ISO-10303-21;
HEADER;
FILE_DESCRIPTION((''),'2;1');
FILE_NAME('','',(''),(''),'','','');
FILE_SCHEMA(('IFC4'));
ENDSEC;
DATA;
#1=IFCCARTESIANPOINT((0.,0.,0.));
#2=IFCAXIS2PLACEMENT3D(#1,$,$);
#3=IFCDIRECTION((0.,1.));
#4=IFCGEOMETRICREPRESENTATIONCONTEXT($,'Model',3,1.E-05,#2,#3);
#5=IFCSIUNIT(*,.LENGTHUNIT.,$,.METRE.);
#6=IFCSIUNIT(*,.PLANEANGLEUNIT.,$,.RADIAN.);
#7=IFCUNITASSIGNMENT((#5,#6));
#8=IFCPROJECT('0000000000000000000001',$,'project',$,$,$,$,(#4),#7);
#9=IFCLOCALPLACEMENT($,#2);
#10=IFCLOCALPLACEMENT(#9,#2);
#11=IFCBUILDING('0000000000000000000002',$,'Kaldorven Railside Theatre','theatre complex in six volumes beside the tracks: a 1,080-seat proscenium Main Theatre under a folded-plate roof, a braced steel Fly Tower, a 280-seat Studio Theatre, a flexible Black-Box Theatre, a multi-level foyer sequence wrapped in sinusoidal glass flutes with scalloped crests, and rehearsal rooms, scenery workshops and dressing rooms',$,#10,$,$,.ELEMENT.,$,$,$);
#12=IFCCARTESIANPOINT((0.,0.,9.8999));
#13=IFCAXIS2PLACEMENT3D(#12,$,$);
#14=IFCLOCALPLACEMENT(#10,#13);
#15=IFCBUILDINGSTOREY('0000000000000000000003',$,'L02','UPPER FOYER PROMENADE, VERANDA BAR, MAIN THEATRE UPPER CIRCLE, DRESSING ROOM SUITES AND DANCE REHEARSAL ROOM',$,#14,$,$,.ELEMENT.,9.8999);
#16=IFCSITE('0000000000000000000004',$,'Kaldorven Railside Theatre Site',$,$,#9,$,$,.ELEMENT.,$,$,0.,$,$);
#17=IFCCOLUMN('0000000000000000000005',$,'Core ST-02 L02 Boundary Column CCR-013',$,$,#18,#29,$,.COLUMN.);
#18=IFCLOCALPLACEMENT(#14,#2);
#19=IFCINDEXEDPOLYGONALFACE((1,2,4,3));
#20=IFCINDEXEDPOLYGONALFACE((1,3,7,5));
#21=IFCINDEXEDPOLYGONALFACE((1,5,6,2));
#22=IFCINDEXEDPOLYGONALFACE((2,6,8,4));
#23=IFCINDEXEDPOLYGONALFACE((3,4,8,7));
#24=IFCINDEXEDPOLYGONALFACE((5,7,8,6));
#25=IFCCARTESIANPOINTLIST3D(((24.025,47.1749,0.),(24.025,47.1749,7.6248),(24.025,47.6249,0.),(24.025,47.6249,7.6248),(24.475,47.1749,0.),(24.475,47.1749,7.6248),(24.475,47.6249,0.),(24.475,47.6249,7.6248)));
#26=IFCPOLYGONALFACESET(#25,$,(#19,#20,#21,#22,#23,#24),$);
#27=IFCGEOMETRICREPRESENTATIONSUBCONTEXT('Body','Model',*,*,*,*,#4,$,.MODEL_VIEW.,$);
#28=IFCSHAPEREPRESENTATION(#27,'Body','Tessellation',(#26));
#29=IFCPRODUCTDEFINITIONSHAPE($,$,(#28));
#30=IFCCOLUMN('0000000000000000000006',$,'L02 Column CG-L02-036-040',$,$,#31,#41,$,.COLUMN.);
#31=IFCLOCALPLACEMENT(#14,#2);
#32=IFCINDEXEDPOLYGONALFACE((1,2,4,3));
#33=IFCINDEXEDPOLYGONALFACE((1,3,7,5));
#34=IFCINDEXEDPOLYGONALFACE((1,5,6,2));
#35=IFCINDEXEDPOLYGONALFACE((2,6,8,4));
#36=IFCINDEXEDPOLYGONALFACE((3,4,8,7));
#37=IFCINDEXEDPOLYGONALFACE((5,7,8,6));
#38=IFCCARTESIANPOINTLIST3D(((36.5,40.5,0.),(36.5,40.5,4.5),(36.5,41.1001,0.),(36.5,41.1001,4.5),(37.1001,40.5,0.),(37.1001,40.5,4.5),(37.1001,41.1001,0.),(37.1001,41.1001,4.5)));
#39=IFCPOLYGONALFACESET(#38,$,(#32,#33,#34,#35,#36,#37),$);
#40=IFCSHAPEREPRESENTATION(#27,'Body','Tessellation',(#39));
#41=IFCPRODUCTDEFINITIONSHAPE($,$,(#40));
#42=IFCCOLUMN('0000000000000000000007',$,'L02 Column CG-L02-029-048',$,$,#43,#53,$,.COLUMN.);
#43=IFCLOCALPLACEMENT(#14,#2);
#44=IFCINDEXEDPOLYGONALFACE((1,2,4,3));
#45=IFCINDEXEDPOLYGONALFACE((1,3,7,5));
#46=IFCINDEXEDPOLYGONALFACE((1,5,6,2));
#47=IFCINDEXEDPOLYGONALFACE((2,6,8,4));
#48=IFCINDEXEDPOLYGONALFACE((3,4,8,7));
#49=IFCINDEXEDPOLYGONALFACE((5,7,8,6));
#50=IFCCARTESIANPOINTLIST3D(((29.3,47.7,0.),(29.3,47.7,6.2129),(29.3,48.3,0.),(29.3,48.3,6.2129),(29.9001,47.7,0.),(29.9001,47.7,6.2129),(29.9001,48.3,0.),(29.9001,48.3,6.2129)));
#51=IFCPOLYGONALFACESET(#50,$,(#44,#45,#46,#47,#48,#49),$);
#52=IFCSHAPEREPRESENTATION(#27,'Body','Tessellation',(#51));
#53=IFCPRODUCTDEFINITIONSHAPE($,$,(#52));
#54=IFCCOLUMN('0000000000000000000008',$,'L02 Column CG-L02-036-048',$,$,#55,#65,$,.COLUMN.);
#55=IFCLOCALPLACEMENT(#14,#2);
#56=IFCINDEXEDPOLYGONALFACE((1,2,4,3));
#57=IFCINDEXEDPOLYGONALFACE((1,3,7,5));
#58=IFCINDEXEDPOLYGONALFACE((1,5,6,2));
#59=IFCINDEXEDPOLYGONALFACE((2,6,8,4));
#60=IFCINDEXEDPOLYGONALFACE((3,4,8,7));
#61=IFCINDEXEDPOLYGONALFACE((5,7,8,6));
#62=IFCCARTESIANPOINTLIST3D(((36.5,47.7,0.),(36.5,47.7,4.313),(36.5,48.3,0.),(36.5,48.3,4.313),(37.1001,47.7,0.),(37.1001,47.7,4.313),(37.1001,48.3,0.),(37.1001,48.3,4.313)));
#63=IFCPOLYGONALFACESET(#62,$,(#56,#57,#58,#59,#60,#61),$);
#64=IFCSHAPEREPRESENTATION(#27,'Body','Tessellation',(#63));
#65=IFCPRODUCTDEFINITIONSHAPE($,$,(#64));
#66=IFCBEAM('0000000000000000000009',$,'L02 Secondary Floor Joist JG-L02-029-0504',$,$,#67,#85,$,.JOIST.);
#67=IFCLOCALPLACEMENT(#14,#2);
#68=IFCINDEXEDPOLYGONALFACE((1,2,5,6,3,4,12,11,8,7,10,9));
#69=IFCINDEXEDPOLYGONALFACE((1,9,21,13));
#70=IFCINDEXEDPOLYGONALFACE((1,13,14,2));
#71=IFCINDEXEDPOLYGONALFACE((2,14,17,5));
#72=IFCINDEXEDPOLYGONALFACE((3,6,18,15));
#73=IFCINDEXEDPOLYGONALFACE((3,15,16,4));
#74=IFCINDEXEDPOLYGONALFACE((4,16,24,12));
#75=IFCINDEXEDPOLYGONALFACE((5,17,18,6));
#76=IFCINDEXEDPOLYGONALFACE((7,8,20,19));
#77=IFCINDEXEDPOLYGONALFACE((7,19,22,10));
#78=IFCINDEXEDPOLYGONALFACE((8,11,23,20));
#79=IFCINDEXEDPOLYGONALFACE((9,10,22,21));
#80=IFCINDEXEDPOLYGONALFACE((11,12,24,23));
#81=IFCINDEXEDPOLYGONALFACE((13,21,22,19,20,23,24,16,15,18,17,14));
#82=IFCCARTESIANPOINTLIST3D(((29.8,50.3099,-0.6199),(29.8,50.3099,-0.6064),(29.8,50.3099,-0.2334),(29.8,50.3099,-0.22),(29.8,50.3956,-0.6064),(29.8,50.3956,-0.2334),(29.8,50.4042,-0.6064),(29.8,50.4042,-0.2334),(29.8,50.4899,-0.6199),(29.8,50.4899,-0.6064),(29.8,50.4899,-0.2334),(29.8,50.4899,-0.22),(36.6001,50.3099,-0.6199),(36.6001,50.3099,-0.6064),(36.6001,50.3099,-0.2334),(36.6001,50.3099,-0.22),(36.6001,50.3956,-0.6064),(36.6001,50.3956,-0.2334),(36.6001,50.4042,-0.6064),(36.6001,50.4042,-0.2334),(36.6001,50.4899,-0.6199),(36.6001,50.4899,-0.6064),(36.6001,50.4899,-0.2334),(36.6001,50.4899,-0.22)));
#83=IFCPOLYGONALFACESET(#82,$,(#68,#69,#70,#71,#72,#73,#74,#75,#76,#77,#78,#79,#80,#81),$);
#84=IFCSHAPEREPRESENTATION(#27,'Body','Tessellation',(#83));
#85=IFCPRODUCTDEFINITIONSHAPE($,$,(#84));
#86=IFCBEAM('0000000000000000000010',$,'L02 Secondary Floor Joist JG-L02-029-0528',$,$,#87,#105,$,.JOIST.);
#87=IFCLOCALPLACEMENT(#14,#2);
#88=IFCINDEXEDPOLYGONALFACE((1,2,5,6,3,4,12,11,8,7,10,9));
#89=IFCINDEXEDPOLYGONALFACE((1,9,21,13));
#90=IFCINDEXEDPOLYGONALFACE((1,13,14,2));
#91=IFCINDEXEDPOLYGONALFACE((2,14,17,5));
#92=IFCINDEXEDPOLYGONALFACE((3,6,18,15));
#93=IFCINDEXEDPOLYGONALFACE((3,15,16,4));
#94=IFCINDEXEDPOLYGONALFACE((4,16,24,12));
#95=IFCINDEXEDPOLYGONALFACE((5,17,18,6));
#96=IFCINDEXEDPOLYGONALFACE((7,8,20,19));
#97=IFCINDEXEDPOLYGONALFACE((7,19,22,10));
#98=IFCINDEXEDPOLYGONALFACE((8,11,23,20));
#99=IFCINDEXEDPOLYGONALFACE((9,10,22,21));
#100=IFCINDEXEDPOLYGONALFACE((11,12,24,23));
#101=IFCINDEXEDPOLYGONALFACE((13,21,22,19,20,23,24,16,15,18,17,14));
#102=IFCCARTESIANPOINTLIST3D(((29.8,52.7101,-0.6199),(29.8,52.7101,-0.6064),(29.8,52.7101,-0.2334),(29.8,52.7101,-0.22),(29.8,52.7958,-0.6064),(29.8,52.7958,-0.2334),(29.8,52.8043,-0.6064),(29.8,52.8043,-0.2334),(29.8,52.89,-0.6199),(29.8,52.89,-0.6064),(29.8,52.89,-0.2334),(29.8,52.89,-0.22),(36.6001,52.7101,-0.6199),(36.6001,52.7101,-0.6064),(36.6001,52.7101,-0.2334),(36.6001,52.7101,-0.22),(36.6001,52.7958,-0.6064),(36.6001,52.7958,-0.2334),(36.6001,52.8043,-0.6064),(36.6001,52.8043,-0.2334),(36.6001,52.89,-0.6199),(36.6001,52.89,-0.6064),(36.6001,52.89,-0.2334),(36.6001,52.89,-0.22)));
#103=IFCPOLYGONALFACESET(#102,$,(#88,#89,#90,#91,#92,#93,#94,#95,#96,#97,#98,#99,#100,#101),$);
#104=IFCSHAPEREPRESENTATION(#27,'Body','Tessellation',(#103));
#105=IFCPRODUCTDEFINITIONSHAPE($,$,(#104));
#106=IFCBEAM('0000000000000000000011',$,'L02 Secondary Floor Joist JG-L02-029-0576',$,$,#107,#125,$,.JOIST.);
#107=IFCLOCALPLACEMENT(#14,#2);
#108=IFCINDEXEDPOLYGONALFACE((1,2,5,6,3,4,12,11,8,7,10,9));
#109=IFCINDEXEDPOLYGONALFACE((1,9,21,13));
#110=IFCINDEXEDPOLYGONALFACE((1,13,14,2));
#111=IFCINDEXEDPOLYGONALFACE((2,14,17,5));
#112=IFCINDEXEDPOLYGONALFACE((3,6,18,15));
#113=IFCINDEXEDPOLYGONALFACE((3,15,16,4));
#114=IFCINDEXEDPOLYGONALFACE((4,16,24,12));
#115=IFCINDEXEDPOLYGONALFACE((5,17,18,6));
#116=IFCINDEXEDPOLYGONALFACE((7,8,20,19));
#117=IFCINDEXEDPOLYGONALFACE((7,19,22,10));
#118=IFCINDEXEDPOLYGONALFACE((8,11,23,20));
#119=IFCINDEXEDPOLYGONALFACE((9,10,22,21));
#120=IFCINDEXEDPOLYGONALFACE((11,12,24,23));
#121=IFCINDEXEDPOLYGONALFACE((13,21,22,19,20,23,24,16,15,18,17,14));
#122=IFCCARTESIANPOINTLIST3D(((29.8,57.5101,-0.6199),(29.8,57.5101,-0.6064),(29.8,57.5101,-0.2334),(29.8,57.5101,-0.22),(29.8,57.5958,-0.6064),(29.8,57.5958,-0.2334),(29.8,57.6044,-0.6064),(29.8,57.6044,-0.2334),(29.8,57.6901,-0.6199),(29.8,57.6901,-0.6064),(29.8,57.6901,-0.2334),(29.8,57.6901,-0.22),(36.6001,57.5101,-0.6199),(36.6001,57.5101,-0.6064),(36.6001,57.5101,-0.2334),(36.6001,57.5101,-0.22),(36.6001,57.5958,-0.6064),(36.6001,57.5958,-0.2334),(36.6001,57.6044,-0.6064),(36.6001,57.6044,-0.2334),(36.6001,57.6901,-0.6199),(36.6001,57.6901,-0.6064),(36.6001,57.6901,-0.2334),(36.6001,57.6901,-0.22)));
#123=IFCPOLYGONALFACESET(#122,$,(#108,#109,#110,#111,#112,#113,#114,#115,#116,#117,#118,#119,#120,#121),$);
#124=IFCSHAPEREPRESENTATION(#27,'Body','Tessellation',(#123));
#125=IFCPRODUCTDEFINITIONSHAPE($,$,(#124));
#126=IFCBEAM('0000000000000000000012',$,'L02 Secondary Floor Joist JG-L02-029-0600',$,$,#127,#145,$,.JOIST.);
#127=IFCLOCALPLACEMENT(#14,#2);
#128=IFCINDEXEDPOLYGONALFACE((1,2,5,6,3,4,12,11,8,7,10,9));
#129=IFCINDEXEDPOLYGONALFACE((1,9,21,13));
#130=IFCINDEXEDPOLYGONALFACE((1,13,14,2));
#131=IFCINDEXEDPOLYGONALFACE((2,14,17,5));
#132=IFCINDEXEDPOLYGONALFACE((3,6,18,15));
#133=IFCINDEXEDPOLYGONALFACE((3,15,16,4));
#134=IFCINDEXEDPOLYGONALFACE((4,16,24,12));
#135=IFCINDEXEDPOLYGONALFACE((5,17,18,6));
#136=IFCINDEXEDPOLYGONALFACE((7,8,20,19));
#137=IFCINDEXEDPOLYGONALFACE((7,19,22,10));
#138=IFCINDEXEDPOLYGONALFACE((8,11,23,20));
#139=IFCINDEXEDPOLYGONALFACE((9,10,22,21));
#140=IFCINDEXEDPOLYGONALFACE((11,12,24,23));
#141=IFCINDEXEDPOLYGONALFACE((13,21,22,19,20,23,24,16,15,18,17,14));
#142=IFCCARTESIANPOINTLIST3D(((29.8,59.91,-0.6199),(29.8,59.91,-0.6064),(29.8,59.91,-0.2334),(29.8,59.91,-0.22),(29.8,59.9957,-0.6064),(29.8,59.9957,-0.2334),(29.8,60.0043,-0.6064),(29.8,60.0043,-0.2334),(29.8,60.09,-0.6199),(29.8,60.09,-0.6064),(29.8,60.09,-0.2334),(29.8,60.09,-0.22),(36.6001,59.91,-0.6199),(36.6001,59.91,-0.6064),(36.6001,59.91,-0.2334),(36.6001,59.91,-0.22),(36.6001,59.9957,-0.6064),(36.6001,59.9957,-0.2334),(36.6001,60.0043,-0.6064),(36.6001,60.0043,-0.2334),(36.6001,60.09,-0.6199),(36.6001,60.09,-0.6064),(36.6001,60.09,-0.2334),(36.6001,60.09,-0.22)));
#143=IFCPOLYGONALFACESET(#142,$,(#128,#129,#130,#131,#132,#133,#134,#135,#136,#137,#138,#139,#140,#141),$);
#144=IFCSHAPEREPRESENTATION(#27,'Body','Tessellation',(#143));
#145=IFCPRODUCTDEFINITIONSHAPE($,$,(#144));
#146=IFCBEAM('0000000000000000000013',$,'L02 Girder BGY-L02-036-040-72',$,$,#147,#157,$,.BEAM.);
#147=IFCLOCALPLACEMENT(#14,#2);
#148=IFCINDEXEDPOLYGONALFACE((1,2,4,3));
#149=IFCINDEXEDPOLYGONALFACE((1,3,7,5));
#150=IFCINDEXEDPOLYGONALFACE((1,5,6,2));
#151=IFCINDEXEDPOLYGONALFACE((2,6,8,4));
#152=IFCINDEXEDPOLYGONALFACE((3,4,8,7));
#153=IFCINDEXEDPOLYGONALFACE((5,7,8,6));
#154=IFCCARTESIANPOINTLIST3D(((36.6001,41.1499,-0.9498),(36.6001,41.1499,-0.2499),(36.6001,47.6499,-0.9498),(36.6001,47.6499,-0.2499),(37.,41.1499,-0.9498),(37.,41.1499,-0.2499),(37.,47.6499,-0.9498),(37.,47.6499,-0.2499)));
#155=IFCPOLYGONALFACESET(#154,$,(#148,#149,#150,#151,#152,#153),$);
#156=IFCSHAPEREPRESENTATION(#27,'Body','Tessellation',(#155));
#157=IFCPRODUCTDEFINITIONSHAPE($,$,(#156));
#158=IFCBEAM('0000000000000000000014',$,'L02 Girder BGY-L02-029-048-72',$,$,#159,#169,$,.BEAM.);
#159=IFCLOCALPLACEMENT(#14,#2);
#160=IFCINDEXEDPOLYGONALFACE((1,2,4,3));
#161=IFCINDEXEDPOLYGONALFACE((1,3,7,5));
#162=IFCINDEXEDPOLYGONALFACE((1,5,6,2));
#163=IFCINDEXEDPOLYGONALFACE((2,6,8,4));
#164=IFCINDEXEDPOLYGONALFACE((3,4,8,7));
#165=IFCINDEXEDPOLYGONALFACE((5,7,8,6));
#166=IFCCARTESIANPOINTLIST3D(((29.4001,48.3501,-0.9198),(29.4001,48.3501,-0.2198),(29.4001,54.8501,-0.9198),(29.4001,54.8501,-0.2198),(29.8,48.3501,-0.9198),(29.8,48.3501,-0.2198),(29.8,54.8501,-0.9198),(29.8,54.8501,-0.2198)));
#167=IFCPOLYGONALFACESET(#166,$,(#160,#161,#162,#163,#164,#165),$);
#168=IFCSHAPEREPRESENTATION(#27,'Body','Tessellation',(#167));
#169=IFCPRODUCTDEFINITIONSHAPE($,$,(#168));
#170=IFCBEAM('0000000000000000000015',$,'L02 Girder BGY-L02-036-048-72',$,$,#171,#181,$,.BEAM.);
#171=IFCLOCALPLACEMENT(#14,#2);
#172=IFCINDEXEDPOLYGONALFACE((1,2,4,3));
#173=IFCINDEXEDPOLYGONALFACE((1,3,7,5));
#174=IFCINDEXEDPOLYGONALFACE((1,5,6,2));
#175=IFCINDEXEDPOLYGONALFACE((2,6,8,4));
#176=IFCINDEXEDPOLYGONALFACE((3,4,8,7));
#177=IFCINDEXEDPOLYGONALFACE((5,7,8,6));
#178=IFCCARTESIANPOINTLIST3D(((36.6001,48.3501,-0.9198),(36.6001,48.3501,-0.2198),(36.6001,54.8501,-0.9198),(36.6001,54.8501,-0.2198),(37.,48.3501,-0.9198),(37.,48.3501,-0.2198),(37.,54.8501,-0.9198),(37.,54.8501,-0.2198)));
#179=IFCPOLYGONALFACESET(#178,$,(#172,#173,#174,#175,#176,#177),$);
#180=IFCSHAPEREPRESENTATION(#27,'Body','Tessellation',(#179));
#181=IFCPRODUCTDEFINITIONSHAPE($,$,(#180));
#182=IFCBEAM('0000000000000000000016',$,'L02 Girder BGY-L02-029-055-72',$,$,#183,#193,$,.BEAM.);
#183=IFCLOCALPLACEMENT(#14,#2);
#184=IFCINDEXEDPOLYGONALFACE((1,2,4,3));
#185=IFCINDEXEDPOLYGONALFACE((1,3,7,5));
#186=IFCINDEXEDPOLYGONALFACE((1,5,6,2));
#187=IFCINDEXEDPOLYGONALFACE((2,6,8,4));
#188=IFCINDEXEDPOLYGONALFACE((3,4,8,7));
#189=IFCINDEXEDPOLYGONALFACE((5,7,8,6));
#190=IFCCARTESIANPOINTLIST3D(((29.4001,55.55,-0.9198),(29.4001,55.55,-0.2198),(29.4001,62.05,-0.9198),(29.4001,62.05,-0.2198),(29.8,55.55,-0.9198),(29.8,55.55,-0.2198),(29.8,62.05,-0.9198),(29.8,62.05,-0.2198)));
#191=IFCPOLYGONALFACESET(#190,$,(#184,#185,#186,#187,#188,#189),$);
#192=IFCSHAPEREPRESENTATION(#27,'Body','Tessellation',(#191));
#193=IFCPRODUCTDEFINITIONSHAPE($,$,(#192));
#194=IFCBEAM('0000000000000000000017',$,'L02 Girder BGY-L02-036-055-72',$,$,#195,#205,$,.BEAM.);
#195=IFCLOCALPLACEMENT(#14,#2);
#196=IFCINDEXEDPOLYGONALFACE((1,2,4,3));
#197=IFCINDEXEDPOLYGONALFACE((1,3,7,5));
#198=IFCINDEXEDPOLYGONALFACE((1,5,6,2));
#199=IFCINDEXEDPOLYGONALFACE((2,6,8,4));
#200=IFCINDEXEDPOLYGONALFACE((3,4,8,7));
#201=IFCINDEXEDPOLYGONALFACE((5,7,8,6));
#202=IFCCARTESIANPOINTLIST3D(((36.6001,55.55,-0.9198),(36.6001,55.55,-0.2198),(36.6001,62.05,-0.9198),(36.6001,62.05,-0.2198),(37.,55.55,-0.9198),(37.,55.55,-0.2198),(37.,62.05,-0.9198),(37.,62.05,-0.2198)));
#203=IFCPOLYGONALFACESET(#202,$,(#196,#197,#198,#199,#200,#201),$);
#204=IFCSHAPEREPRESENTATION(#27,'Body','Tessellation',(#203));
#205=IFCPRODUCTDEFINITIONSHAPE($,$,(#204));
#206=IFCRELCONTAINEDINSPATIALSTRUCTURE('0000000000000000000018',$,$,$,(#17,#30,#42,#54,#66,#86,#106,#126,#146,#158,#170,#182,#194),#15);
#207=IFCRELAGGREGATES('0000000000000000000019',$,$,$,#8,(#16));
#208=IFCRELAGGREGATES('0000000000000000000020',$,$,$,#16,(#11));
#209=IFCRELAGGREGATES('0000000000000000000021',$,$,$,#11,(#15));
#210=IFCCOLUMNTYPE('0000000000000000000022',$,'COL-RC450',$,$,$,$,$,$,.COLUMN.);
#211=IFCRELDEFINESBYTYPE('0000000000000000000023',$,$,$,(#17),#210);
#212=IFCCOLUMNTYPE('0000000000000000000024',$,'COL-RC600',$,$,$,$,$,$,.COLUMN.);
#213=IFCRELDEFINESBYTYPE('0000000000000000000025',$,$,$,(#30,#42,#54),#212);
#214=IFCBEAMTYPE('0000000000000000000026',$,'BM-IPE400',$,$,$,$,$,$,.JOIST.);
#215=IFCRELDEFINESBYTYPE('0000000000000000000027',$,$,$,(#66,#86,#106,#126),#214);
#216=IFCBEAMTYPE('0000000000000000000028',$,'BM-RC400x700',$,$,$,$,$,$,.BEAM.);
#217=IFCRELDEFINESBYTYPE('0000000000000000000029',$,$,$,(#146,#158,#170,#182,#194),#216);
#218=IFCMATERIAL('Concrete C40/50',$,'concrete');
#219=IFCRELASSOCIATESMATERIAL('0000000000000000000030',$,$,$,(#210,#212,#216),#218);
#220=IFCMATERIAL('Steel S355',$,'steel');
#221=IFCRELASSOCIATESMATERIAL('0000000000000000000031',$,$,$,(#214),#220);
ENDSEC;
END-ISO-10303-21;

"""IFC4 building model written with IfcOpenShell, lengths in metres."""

from ifc_helpers import new_model, si_unit, direction, frame, origin, origin_2d, place, context, subcontext, project, spatial, rectangle, i_section, extrude, material, material_profile, profile_set, type_object, element, save


model = new_model("IFC4")

# Units and contexts
model_context = context("Model", 3, precision=1e-05, world=origin(), true_north=direction((0.0, 1.0)))
body_context = subcontext(model_context, "Body", "Model", "MODEL_VIEW")
ifc_project = project(units=[si_unit("LENGTHUNIT", "METRE"), si_unit("PLANEANGLEUNIT", "RADIAN")], contexts=[model_context])

# Site, building, storey
site_placement = place(None, origin())
site = spatial("IfcSite", under=ifc_project, at=site_placement, Name="Kaldorven Railside Theatre Site", CompositionType="ELEMENT", RefElevation=0.0)
building_placement = place(site_placement, origin())
building = spatial("IfcBuilding", under=site, at=building_placement, Name="Kaldorven Railside Theatre", Description="theatre complex in six volumes beside the tracks: a 1,080-seat proscenium Main Theatre under a folded-plate roof, a braced steel Fly Tower, a 280-seat Studio Theatre, a flexible Black-Box Theatre, a multi-level foyer sequence wrapped in sinusoidal glass flutes with scalloped crests, and rehearsal rooms, scenery workshops and dressing rooms", CompositionType="ELEMENT")
storey_placement = place(building_placement, frame((0.0, 0.0, 9.8999)))
storey = spatial("IfcBuildingStorey", under=building, at=storey_placement, Name="L02", Description="UPPER FOYER PROMENADE, VERANDA BAR, MAIN THEATRE UPPER CIRCLE, DRESSING ROOM SUITES AND DANCE REHEARSAL ROOM", CompositionType="ELEMENT", Elevation=9.8999)

# Columns
ifc_material_1 = material(Name="Concrete C40/50", Category="concrete")
ifc_material_profile_1 = material_profile(ifc_material_1, rectangle(XDim=0.45, YDim=0.45, at=origin_2d()), Name="RC 450x450")
ifc_profile_set_1 = profile_set([ifc_material_profile_1], Name="Concrete C40/50")
column_type_1 = type_object("IfcColumnType", Name="COL-RC450", PredefinedType="COLUMN", material=ifc_profile_set_1)
column_1_placement = place(storey_placement, frame((24.25, 47.3999, 0.0), z_axis=(0.0, 0.0, 1.0), x_axis=(1.0, 0.0, 0.0)))
element("IfcColumn", 1, at=column_1_placement, inside=storey, type_object=column_type_1, Name="Core ST-02 L02 Boundary Column CCR-013", PredefinedType="COLUMN", context=body_context, shape_type="SweptSolid", body=[
    extrude(rectangle(XDim=0.45, YDim=0.45, at=origin_2d()), origin(), (0.0, 0.0, 1.0), 7.6248),
])
ifc_material_profile_2 = material_profile(ifc_material_1, rectangle(XDim=0.6001, YDim=0.6001, at=origin_2d()), Name="RC 600x600")
ifc_profile_set_2 = profile_set([ifc_material_profile_2], Name="Concrete C40/50")
column_type_2 = type_object("IfcColumnType", Name="COL-RC600", PredefinedType="COLUMN", material=ifc_profile_set_2)
column_2_placement = place(storey_placement, frame((36.8, 40.8, 0.0), z_axis=(0.0, 0.0, 1.0), x_axis=(0.0, 1.0, 0.0)))
element("IfcColumn", 2, at=column_2_placement, inside=storey, type_object=column_type_2, Name="L02 Column CG-L02-036-040", PredefinedType="COLUMN", context=body_context, shape_type="SweptSolid", body=[
    extrude(rectangle(XDim=0.6001, YDim=0.6001, at=origin_2d()), origin(), (0.0, 0.0, 1.0), 4.5),
])
column_3_placement = place(storey_placement, frame((29.6001, 48.0, 0.0), z_axis=(0.0, 0.0, 1.0), x_axis=(0.0, 1.0, 0.0)))
element("IfcColumn", 3, at=column_3_placement, inside=storey, type_object=column_type_2, Name="L02 Column CG-L02-029-048", PredefinedType="COLUMN", context=body_context, shape_type="SweptSolid", body=[
    extrude(rectangle(XDim=0.6001, YDim=0.6001, at=origin_2d()), origin(), (0.0, 0.0, 1.0), 6.2129),
])
column_4_placement = place(storey_placement, frame((36.8, 48.0, 0.0), z_axis=(0.0, 0.0, 1.0), x_axis=(1.0, 0.0, 0.0)))
element("IfcColumn", 4, at=column_4_placement, inside=storey, type_object=column_type_2, Name="L02 Column CG-L02-036-048", PredefinedType="COLUMN", context=body_context, shape_type="SweptSolid", body=[
    extrude(rectangle(XDim=0.6001, YDim=0.6001, at=origin_2d()), origin(), (0.0, 0.0, 1.0), 4.313),
])

# Beams
ifc_material_2 = material(Name="Steel S355", Category="steel")
ifc_material_profile_3 = material_profile(ifc_material_2, i_section(OverallWidth=0.1799, OverallDepth=0.3999, WebThickness=0.0085, FlangeThickness=0.0134, at=origin_2d()), Name="IPE 400")
ifc_profile_set_3 = profile_set([ifc_material_profile_3], Name="Steel S355")
beam_type_1 = type_object("IfcBeamType", Name="BM-IPE400", PredefinedType="JOIST", material=ifc_profile_set_3)
for number, where, z_axis, x_axis, name in (
    (5, (29.8, 50.3999, -0.4199), (1.0, 0.0, 0.0), (0.0, 1.0, 0.0), "L02 Secondary Floor Joist JG-L02-029-0504"),
    (6, (29.8, 52.8, -0.4199), (1.0, 0.0, 0.0), (0.0, 1.0, 0.0), "L02 Secondary Floor Joist JG-L02-029-0528"),
    (7, (29.8, 57.6001, -0.4199), (1.0, 0.0, 0.0), (0.0, 1.0, 0.0), "L02 Secondary Floor Joist JG-L02-029-0576"),
    (8, (29.8, 60.0, -0.4199), (1.0, 0.0, 0.0), (0.0, 1.0, 0.0), "L02 Secondary Floor Joist JG-L02-029-0600"),
):
    element("IfcBeam", number, at=place(storey_placement, frame(where, z_axis=z_axis, x_axis=x_axis)), inside=storey, type_object=beam_type_1, Name=name, PredefinedType="JOIST", context=body_context, shape_type="SweptSolid", body=[
        extrude(i_section(OverallWidth=0.1799, OverallDepth=0.3999, WebThickness=0.0085, FlangeThickness=0.0134, at=origin_2d()), origin(), (0.0, 0.0, 1.0), 6.8),
    ])
ifc_material_profile_4 = material_profile(ifc_material_1, rectangle(XDim=0.3999, YDim=0.7, at=origin_2d()), Name="RC 400x700")
ifc_profile_set_4 = profile_set([ifc_material_profile_4], Name="Concrete C40/50")
beam_type_2 = type_object("IfcBeamType", Name="BM-RC400x700", PredefinedType="BEAM", material=ifc_profile_set_4)
for number, where, z_axis, x_axis, name in (
    (9, (36.8, 41.1499, -0.5999), (0.0, 1.0, 0.0), (-1.0, 0.0, 0.0), "L02 Girder BGY-L02-036-040-72"),
    (10, (29.6001, 48.3501, -0.5698), (0.0, 1.0, 0.0), (-1.0, 0.0, 0.0), "L02 Girder BGY-L02-029-048-72"),
    (11, (36.8, 48.3501, -0.5698), (0.0, 1.0, 0.0), (-1.0, 0.0, 0.0), "L02 Girder BGY-L02-036-048-72"),
    (12, (29.6001, 55.55, -0.5698), (0.0, 1.0, 0.0), (-1.0, 0.0, 0.0), "L02 Girder BGY-L02-029-055-72"),
    (13, (36.8, 55.55, -0.5698), (0.0, 1.0, 0.0), (-1.0, 0.0, 0.0), "L02 Girder BGY-L02-036-055-72"),
):
    element("IfcBeam", number, at=place(storey_placement, frame(where, z_axis=z_axis, x_axis=x_axis)), inside=storey, type_object=beam_type_2, Name=name, PredefinedType="BEAM", context=body_context, shape_type="SweptSolid", body=[
        extrude(rectangle(XDim=0.3999, YDim=0.7, at=origin_2d()), origin(), (0.0, 0.0, 1.0), 6.5),
    ])

save(model, "model.ifc")
